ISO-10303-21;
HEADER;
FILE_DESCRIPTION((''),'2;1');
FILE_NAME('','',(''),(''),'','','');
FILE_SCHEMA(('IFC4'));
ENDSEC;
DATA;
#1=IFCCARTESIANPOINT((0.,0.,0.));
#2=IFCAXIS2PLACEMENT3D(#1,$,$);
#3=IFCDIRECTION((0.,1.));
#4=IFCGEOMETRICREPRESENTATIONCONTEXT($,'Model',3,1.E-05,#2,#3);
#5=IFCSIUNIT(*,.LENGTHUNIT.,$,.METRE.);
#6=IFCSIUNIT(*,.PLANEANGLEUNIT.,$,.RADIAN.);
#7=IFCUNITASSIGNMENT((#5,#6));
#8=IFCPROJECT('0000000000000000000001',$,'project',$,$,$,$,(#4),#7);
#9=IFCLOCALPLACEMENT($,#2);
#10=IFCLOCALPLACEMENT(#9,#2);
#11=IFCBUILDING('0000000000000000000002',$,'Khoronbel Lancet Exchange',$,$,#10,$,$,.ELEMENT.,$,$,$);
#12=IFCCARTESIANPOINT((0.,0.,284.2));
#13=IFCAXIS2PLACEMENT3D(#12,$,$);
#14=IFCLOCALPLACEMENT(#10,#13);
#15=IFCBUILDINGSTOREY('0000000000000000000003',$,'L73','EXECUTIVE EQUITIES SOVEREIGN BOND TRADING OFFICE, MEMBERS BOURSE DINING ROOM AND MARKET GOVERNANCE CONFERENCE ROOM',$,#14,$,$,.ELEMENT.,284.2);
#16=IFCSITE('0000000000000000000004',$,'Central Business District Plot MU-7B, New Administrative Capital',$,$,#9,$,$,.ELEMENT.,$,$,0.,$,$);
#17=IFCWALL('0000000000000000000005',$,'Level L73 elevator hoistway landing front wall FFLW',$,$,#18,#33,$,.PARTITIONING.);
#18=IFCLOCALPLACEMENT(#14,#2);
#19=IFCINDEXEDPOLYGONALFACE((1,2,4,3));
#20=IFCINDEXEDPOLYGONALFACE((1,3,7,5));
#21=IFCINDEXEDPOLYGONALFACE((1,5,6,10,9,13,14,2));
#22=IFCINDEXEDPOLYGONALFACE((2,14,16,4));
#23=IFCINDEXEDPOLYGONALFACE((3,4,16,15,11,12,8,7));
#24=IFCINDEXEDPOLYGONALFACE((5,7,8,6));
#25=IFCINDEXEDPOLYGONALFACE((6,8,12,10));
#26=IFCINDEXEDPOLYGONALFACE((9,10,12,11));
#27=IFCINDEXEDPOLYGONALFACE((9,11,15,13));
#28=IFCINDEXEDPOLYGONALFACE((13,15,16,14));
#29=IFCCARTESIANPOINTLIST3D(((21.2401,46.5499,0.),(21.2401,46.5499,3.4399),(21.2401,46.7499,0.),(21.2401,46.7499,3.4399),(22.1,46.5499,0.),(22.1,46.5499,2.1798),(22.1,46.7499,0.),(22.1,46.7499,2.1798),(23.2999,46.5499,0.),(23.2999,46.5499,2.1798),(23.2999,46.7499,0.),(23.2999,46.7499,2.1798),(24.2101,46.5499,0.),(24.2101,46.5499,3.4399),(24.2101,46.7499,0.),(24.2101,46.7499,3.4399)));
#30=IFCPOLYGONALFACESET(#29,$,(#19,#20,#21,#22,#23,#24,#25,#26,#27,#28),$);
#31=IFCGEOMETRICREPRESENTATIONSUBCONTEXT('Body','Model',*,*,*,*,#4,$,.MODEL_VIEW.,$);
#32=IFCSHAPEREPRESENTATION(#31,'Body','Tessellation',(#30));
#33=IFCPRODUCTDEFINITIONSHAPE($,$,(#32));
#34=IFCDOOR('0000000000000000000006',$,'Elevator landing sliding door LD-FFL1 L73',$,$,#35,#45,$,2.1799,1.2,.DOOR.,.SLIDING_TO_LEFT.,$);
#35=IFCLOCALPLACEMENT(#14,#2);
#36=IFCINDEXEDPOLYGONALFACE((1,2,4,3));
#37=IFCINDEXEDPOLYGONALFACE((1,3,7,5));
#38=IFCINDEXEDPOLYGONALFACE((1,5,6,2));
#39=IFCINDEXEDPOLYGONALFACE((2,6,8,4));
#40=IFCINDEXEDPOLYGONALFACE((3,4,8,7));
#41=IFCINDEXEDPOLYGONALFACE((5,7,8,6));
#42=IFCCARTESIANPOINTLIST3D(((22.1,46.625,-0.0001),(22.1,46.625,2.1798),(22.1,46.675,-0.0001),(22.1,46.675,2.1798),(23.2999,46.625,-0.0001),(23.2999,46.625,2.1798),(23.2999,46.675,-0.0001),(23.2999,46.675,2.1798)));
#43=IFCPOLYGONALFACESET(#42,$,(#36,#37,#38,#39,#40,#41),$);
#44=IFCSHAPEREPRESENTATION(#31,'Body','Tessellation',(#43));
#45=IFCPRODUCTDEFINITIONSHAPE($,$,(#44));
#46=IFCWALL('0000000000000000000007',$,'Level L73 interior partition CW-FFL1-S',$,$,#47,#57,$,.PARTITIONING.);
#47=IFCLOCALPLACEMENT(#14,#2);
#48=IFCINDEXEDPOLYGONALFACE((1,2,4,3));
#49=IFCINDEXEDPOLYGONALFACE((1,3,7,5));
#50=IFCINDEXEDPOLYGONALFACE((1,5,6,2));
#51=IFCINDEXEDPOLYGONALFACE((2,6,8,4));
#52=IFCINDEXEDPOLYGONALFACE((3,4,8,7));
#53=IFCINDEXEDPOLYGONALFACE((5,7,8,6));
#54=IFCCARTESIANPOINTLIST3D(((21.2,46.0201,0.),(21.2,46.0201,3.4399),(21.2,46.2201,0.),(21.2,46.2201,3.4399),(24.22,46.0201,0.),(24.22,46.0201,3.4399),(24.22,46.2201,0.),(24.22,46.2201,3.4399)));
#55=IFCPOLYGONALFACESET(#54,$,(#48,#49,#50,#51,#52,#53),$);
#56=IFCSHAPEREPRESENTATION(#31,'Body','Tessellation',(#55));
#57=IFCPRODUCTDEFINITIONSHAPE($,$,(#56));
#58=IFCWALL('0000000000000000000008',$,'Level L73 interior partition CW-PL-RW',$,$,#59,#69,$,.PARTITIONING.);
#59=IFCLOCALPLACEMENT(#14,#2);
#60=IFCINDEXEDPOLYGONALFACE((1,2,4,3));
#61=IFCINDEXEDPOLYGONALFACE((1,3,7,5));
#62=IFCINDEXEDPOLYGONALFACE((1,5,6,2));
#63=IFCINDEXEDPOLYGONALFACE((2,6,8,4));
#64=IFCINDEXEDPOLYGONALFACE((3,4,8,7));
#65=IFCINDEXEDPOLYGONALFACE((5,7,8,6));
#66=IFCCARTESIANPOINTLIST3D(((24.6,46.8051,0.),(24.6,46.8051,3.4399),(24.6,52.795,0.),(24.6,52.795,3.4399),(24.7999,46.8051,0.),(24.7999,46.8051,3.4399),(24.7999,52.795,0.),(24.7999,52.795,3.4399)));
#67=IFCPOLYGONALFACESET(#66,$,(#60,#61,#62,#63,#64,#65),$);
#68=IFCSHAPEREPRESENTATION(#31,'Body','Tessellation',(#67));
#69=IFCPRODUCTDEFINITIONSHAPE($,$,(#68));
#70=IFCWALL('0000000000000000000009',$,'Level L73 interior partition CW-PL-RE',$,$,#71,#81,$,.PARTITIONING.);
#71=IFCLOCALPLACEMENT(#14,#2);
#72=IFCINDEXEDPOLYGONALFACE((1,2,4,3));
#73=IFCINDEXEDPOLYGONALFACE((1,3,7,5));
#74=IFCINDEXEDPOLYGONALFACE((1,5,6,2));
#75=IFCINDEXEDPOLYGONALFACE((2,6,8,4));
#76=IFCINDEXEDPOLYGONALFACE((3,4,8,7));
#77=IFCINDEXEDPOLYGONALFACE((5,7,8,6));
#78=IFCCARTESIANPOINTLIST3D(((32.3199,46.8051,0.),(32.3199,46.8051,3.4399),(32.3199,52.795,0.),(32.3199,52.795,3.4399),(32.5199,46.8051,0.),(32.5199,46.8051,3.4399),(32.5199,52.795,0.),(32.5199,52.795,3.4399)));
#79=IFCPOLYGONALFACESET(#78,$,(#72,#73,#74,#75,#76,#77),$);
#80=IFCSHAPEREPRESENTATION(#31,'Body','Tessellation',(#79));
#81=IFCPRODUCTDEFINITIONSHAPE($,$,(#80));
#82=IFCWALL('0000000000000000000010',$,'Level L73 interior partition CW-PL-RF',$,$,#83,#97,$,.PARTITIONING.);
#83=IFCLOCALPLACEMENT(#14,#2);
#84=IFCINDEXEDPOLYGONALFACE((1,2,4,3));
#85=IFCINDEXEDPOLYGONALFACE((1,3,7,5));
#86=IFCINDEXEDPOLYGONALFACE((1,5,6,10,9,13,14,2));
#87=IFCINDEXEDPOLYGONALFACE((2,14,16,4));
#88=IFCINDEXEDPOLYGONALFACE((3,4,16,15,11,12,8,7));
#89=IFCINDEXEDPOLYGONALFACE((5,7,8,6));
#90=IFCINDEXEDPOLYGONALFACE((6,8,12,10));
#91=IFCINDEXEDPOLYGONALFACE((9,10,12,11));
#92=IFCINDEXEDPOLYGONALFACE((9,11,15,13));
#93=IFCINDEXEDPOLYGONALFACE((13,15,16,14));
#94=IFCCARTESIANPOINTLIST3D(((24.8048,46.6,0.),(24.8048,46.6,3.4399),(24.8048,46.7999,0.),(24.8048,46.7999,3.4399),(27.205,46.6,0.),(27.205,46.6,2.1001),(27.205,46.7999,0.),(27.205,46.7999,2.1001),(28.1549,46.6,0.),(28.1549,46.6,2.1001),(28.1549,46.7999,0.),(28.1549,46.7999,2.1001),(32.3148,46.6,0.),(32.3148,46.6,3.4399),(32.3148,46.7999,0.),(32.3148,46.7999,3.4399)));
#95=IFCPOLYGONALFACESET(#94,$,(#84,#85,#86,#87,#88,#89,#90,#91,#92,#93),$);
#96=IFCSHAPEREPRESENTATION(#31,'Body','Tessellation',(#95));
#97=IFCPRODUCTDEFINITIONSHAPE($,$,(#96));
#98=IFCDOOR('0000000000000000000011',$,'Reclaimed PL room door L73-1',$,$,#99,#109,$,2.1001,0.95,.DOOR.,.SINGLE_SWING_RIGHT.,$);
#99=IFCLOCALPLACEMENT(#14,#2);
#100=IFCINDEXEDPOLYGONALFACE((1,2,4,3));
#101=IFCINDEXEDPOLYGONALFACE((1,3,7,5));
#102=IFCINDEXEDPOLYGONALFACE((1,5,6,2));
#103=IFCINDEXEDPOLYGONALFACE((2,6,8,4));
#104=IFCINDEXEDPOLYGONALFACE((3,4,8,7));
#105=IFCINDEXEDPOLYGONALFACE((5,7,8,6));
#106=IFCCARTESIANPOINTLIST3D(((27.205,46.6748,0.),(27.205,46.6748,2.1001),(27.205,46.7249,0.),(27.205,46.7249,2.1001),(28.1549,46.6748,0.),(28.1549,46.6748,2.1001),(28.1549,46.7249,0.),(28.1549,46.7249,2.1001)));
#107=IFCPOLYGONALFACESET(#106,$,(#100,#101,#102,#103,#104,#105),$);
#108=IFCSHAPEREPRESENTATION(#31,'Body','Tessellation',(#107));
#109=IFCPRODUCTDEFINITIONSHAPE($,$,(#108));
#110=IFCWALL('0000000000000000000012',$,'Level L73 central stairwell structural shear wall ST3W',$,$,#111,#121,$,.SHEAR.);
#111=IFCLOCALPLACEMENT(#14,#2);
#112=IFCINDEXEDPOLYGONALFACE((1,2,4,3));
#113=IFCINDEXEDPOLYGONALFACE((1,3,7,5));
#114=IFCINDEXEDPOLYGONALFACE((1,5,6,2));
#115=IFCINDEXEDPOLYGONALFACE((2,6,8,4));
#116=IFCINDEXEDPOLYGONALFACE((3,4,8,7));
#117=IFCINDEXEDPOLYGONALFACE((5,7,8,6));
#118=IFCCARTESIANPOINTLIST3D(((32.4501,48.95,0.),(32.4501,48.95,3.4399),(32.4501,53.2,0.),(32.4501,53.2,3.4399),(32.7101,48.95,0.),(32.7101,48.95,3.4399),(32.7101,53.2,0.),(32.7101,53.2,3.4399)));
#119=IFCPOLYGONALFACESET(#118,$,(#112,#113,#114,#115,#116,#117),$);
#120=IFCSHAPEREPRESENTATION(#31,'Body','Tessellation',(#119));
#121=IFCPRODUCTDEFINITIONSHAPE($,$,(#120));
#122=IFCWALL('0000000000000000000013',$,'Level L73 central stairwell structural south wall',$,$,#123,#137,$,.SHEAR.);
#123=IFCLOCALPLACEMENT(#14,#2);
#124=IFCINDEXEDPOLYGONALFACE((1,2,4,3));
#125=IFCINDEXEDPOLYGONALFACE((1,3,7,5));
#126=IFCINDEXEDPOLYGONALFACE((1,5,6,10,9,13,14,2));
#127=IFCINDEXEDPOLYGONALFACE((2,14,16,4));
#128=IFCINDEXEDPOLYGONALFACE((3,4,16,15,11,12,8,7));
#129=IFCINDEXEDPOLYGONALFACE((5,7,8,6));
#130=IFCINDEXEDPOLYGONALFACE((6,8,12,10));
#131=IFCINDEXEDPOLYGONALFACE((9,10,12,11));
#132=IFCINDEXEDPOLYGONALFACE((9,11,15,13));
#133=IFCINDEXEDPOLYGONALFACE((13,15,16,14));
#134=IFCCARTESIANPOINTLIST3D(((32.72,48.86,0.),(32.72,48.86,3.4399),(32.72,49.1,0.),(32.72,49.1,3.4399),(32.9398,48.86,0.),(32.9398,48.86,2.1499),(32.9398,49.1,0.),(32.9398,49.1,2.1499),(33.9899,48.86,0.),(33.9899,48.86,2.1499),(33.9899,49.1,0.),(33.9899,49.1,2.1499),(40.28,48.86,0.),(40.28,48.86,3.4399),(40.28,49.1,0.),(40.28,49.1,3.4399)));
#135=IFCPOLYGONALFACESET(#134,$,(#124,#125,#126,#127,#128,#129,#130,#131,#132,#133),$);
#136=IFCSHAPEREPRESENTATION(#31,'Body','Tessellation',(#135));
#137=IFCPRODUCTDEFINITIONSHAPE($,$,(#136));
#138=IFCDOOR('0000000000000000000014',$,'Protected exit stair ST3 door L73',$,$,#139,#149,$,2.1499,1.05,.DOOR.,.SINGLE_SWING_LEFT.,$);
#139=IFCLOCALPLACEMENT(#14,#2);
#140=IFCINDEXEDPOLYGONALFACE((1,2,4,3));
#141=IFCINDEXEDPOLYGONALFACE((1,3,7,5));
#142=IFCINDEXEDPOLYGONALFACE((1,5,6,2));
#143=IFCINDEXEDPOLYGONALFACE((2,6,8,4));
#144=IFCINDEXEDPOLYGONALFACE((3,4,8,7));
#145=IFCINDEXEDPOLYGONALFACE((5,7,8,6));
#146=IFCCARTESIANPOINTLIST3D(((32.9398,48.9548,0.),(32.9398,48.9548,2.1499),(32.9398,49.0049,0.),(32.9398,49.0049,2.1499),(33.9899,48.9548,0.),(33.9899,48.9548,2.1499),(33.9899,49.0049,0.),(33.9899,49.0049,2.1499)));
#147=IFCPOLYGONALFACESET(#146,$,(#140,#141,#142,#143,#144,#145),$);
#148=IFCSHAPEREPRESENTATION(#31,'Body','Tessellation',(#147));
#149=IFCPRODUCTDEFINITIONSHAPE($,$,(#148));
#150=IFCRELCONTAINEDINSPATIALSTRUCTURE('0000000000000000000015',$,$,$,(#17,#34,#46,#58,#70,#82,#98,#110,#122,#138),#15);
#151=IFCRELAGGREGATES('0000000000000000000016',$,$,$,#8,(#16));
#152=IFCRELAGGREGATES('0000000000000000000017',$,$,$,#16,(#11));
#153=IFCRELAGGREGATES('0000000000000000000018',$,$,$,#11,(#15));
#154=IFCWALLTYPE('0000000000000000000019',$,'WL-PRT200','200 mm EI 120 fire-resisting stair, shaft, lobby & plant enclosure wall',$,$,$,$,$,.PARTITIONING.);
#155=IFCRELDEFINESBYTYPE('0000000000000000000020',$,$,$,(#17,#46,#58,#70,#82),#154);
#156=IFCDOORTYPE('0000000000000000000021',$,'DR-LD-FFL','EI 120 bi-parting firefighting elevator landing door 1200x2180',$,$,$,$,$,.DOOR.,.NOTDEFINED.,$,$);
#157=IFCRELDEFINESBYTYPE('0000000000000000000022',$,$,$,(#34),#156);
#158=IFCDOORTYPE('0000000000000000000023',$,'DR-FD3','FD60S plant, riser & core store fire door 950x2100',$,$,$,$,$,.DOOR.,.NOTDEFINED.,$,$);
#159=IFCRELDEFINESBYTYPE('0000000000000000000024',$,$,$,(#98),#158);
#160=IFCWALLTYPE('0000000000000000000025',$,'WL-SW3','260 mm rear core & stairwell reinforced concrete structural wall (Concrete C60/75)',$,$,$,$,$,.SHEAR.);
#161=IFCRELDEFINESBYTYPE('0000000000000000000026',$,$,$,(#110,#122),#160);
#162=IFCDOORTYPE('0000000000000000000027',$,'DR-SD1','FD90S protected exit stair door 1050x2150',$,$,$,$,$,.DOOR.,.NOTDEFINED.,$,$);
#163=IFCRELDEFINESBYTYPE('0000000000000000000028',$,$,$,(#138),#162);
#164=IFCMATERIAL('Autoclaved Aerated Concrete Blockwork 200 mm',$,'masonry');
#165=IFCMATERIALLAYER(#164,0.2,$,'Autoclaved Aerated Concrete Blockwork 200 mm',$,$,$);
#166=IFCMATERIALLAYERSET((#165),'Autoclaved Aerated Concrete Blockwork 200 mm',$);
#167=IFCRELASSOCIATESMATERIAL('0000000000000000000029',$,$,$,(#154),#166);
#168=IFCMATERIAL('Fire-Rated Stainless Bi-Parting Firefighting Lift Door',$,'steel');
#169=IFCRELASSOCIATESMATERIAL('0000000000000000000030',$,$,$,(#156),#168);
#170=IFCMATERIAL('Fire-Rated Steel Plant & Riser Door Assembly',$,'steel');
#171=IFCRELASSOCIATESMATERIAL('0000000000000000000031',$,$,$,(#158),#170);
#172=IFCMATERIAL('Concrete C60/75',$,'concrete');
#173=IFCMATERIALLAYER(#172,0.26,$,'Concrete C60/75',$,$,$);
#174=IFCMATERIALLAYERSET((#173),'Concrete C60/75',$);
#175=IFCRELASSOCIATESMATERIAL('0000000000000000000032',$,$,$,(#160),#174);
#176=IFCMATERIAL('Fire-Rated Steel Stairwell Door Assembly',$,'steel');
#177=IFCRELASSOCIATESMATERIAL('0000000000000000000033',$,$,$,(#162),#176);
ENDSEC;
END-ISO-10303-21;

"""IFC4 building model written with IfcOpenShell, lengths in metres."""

from ifc_helpers import new_model, si_unit, direction, frame, frame_2d, origin, place, context, subcontext, project, spatial, rectangle, extrude, material, layer, layer_set, type_object, element, fill, save


model = new_model("IFC4")

# Units and contexts
model_context = context("Model", 3, precision=1e-05, world=origin(), true_north=direction((0.0, 1.0)))
body_context = subcontext(model_context, "Body", "Model", "MODEL_VIEW")
ifc_project = project(units=[si_unit("LENGTHUNIT", "METRE"), si_unit("PLANEANGLEUNIT", "RADIAN")], contexts=[model_context])

# Site, building, storey
site_placement = place(None, origin())
site = spatial("IfcSite", under=ifc_project, at=site_placement, Name="Central Business District Plot MU-7B, New Administrative Capital", CompositionType="ELEMENT", RefElevation=0.0)
building_placement = place(site_placement, origin())
building = spatial("IfcBuilding", under=site, at=building_placement, Name="Khoronbel Lancet Exchange", CompositionType="ELEMENT")
storey_placement = place(building_placement, frame((0.0, 0.0, 284.2)))
storey = spatial("IfcBuildingStorey", under=building, at=storey_placement, Name="L73", Description="EXECUTIVE EQUITIES SOVEREIGN BOND TRADING OFFICE, MEMBERS BOURSE DINING ROOM AND MARKET GOVERNANCE CONFERENCE ROOM", CompositionType="ELEMENT", Elevation=284.2)

# Wall, opening, door
ifc_material_1 = material(Name="Autoclaved Aerated Concrete Blockwork 200 mm", Category="masonry")
ifc_layer_1 = layer(ifc_material_1, 0.2, Name="Autoclaved Aerated Concrete Blockwork 200 mm")
ifc_layer_set_1 = layer_set([ifc_layer_1], Name="Autoclaved Aerated Concrete Blockwork 200 mm")
wall_type_1 = type_object("IfcWallType", Name="WL-PRT200", Description="200 mm EI 120 fire-resisting stair, shaft, lobby & plant enclosure wall", PredefinedType="PARTITIONING", material=ifc_layer_set_1)
wall_1_placement = place(storey_placement, frame((24.21, 46.6499, 0.0), z_axis=(0.0, 0.0, 1.0), x_axis=(-1.0, 0.0, 0.0)))
wall_1 = element("IfcWall", 1, at=wall_1_placement, inside=storey, type_object=wall_type_1, Name="Level L73 elevator hoistway landing front wall FFLW", PredefinedType="PARTITIONING", context=body_context, shape_type="SweptSolid", body=[
    extrude(rectangle(XDim=2.97, YDim=0.2, at=frame_2d((1.4849, 0.0))), origin(), (0.0, 0.0, 1.0), 3.4399),
])
opening_1_placement = place(wall_1_placement, frame((0.9099, 0.0, 0.0)))
opening_1 = element("IfcOpeningElement", 2, at=opening_1_placement, cuts=wall_1, PredefinedType="OPENING", context=body_context, shape_type="SweptSolid", body=[
    extrude(rectangle(XDim=1.2, YDim=2.1799, at=frame_2d((0.6001, 1.0898))), frame((0.0, 0.1099, 0.0), z_axis=(0.0, -1.0, 0.0), x_axis=(1.0, 0.0, 0.0)), (0.0, 0.0, 1.0), 0.22),
])
ifc_material_2 = material(Name="Fire-Rated Stainless Bi-Parting Firefighting Lift Door", Category="steel")
door_type_1 = type_object("IfcDoorType", Name="DR-LD-FFL", Description="EI 120 bi-parting firefighting elevator landing door 1200x2180", OperationType="NOTDEFINED", PredefinedType="DOOR", material=ifc_material_2)
door_1_placement = place(opening_1_placement, origin())
door_1 = element("IfcDoor", 3, at=door_1_placement, inside=storey, type_object=door_type_1, Name="Elevator landing sliding door LD-FFL1 L73", OperationType="SLIDING_TO_LEFT", OverallHeight=2.1799, OverallWidth=1.2, PredefinedType="DOOR", context=body_context, shape_type="SweptSolid", body=[
    extrude(rectangle(XDim=1.2, YDim=2.1799, at=frame_2d((0.6001, 1.0898))), frame((0.0, 0.0249, 0.0), z_axis=(0.0, -1.0, 0.0), x_axis=(1.0, 0.0, 0.0)), (0.0, 0.0, 1.0), 0.05),
])
fill(opening_1, door_1)

# Walls
wall_2_placement = place(storey_placement, frame((21.2, 46.1201, 0.0), z_axis=(0.0, 0.0, 1.0), x_axis=(1.0, 0.0, 0.0)))
element("IfcWall", 4, at=wall_2_placement, inside=storey, type_object=wall_type_1, Name="Level L73 interior partition CW-FFL1-S", PredefinedType="PARTITIONING", context=body_context, shape_type="SweptSolid", body=[
    extrude(rectangle(XDim=3.02, YDim=0.2, at=frame_2d((1.51, 0.0))), origin(), (0.0, 0.0, 1.0), 3.4399),
])
for number, where, z_axis, x_axis, name in (
    (5, (24.7, 46.8049, 0.0), (0.0, 0.0, 1.0), (0.0, 1.0, 0.0), "Level L73 interior partition CW-PL-RW"),
    (6, (32.4199, 46.8049, 0.0), (0.0, 0.0, 1.0), (0.0, 1.0, 0.0), "Level L73 interior partition CW-PL-RE"),
):
    element("IfcWall", number, at=place(storey_placement, frame(where, z_axis=z_axis, x_axis=x_axis)), inside=storey, type_object=wall_type_1, Name=name, PredefinedType="PARTITIONING", context=body_context, shape_type="SweptSolid", body=[
        extrude(rectangle(XDim=5.99, YDim=0.2, at=frame_2d((2.9951, 0.0))), origin(), (0.0, 0.0, 1.0), 3.4399),
    ])

# Wall, opening, door
wall_3_placement = place(storey_placement, frame((24.8049, 46.7, 0.0), z_axis=(0.0, 0.0, 1.0), x_axis=(1.0, 0.0, 0.0)))
wall_3 = element("IfcWall", 7, at=wall_3_placement, inside=storey, type_object=wall_type_1, Name="Level L73 interior partition CW-PL-RF", PredefinedType="PARTITIONING", context=body_context, shape_type="SweptSolid", body=[
    extrude(rectangle(XDim=7.51, YDim=0.2, at=frame_2d((3.7549, 0.0))), origin(), (0.0, 0.0, 1.0), 3.4399),
])
opening_2_placement = place(wall_3_placement, frame((2.3999, 0.0, 0.0)))
opening_2 = element("IfcOpeningElement", 8, at=opening_2_placement, cuts=wall_3, PredefinedType="OPENING", context=body_context, shape_type="SweptSolid", body=[
    extrude(rectangle(XDim=0.95, YDim=2.1001, at=frame_2d((0.4751, 1.05))), frame((0.0, 0.1099, 0.0), z_axis=(0.0, -1.0, 0.0), x_axis=(1.0, 0.0, 0.0)), (0.0, 0.0, 1.0), 0.22),
])
ifc_material_3 = material(Name="Fire-Rated Steel Plant & Riser Door Assembly", Category="steel")
door_type_2 = type_object("IfcDoorType", Name="DR-FD3", Description="FD60S plant, riser & core store fire door 950x2100", OperationType="NOTDEFINED", PredefinedType="DOOR", material=ifc_material_3)
door_2_placement = place(opening_2_placement, origin())
door_2 = element("IfcDoor", 9, at=door_2_placement, inside=storey, type_object=door_type_2, Name="Reclaimed PL room door L73-1", OperationType="SINGLE_SWING_RIGHT", OverallHeight=2.1001, OverallWidth=0.95, PredefinedType="DOOR", context=body_context, shape_type="SweptSolid", body=[
    extrude(rectangle(XDim=0.95, YDim=2.1001, at=frame_2d((0.4751, 1.05))), frame((0.0, 0.0249, 0.0), z_axis=(0.0, -1.0, 0.0), x_axis=(1.0, 0.0, 0.0)), (0.0, 0.0, 1.0), 0.05),
])
fill(opening_2, door_2)

# Wall
ifc_material_4 = material(Name="Concrete C60/75", Category="concrete")
ifc_layer_2 = layer(ifc_material_4, 0.26, Name="Concrete C60/75")
ifc_layer_set_2 = layer_set([ifc_layer_2], Name="Concrete C60/75")
wall_type_2 = type_object("IfcWallType", Name="WL-SW3", Description="260 mm rear core & stairwell reinforced concrete structural wall (Concrete C60/75)", PredefinedType="SHEAR", material=ifc_layer_set_2)
wall_4_placement = place(storey_placement, frame((32.5801, 48.95, 0.0), z_axis=(0.0, 0.0, 1.0), x_axis=(0.0, 1.0, 0.0)))
element("IfcWall", 10, at=wall_4_placement, inside=storey, type_object=wall_type_2, Name="Level L73 central stairwell structural shear wall ST3W", PredefinedType="SHEAR", context=body_context, shape_type="SweptSolid", body=[
    extrude(rectangle(XDim=4.25, YDim=0.26, at=frame_2d((2.125, 0.0))), origin(), (0.0, 0.0, 1.0), 3.4399),
])

# Wall, opening, door
wall_5_placement = place(storey_placement, frame((32.72, 48.98, 0.0), z_axis=(0.0, 0.0, 1.0), x_axis=(1.0, 0.0, 0.0)))
wall_5 = element("IfcWall", 11, at=wall_5_placement, inside=storey, type_object=wall_type_2, Name="Level L73 central stairwell structural south wall", PredefinedType="SHEAR", context=body_context, shape_type="SweptSolid", body=[
    extrude(rectangle(XDim=7.5601, YDim=0.24, at=frame_2d((3.78, 0.0))), origin(), (0.0, 0.0, 1.0), 3.4399),
])
opening_3_placement = place(wall_5_placement, frame((0.22, 0.0, 0.0)))
opening_3 = element("IfcOpeningElement", 12, at=opening_3_placement, cuts=wall_5, PredefinedType="OPENING", context=body_context, shape_type="SweptSolid", body=[
    extrude(rectangle(XDim=1.05, YDim=2.1499, at=frame_2d((0.5249, 1.075))), frame((0.0, 0.1299, 0.0), z_axis=(0.0, -1.0, 0.0), x_axis=(1.0, 0.0, 0.0)), (0.0, 0.0, 1.0), 0.26),
])
ifc_material_5 = material(Name="Fire-Rated Steel Stairwell Door Assembly", Category="steel")
door_type_3 = type_object("IfcDoorType", Name="DR-SD1", Description="FD90S protected exit stair door 1050x2150", OperationType="NOTDEFINED", PredefinedType="DOOR", material=ifc_material_5)
door_3_placement = place(opening_3_placement, origin())
door_3 = element("IfcDoor", 13, at=door_3_placement, inside=storey, type_object=door_type_3, Name="Protected exit stair ST3 door L73", OperationType="SINGLE_SWING_LEFT", OverallHeight=2.1499, OverallWidth=1.05, PredefinedType="DOOR", context=body_context, shape_type="SweptSolid", body=[
    extrude(rectangle(XDim=1.05, YDim=2.1499, at=frame_2d((0.5249, 1.075))), frame((0.0, 0.0249, 0.0), z_axis=(0.0, -1.0, 0.0), x_axis=(1.0, 0.0, 0.0)), (0.0, 0.0, 1.0), 0.05),
])
fill(opening_3, door_3)

save(model, "model.ifc")
